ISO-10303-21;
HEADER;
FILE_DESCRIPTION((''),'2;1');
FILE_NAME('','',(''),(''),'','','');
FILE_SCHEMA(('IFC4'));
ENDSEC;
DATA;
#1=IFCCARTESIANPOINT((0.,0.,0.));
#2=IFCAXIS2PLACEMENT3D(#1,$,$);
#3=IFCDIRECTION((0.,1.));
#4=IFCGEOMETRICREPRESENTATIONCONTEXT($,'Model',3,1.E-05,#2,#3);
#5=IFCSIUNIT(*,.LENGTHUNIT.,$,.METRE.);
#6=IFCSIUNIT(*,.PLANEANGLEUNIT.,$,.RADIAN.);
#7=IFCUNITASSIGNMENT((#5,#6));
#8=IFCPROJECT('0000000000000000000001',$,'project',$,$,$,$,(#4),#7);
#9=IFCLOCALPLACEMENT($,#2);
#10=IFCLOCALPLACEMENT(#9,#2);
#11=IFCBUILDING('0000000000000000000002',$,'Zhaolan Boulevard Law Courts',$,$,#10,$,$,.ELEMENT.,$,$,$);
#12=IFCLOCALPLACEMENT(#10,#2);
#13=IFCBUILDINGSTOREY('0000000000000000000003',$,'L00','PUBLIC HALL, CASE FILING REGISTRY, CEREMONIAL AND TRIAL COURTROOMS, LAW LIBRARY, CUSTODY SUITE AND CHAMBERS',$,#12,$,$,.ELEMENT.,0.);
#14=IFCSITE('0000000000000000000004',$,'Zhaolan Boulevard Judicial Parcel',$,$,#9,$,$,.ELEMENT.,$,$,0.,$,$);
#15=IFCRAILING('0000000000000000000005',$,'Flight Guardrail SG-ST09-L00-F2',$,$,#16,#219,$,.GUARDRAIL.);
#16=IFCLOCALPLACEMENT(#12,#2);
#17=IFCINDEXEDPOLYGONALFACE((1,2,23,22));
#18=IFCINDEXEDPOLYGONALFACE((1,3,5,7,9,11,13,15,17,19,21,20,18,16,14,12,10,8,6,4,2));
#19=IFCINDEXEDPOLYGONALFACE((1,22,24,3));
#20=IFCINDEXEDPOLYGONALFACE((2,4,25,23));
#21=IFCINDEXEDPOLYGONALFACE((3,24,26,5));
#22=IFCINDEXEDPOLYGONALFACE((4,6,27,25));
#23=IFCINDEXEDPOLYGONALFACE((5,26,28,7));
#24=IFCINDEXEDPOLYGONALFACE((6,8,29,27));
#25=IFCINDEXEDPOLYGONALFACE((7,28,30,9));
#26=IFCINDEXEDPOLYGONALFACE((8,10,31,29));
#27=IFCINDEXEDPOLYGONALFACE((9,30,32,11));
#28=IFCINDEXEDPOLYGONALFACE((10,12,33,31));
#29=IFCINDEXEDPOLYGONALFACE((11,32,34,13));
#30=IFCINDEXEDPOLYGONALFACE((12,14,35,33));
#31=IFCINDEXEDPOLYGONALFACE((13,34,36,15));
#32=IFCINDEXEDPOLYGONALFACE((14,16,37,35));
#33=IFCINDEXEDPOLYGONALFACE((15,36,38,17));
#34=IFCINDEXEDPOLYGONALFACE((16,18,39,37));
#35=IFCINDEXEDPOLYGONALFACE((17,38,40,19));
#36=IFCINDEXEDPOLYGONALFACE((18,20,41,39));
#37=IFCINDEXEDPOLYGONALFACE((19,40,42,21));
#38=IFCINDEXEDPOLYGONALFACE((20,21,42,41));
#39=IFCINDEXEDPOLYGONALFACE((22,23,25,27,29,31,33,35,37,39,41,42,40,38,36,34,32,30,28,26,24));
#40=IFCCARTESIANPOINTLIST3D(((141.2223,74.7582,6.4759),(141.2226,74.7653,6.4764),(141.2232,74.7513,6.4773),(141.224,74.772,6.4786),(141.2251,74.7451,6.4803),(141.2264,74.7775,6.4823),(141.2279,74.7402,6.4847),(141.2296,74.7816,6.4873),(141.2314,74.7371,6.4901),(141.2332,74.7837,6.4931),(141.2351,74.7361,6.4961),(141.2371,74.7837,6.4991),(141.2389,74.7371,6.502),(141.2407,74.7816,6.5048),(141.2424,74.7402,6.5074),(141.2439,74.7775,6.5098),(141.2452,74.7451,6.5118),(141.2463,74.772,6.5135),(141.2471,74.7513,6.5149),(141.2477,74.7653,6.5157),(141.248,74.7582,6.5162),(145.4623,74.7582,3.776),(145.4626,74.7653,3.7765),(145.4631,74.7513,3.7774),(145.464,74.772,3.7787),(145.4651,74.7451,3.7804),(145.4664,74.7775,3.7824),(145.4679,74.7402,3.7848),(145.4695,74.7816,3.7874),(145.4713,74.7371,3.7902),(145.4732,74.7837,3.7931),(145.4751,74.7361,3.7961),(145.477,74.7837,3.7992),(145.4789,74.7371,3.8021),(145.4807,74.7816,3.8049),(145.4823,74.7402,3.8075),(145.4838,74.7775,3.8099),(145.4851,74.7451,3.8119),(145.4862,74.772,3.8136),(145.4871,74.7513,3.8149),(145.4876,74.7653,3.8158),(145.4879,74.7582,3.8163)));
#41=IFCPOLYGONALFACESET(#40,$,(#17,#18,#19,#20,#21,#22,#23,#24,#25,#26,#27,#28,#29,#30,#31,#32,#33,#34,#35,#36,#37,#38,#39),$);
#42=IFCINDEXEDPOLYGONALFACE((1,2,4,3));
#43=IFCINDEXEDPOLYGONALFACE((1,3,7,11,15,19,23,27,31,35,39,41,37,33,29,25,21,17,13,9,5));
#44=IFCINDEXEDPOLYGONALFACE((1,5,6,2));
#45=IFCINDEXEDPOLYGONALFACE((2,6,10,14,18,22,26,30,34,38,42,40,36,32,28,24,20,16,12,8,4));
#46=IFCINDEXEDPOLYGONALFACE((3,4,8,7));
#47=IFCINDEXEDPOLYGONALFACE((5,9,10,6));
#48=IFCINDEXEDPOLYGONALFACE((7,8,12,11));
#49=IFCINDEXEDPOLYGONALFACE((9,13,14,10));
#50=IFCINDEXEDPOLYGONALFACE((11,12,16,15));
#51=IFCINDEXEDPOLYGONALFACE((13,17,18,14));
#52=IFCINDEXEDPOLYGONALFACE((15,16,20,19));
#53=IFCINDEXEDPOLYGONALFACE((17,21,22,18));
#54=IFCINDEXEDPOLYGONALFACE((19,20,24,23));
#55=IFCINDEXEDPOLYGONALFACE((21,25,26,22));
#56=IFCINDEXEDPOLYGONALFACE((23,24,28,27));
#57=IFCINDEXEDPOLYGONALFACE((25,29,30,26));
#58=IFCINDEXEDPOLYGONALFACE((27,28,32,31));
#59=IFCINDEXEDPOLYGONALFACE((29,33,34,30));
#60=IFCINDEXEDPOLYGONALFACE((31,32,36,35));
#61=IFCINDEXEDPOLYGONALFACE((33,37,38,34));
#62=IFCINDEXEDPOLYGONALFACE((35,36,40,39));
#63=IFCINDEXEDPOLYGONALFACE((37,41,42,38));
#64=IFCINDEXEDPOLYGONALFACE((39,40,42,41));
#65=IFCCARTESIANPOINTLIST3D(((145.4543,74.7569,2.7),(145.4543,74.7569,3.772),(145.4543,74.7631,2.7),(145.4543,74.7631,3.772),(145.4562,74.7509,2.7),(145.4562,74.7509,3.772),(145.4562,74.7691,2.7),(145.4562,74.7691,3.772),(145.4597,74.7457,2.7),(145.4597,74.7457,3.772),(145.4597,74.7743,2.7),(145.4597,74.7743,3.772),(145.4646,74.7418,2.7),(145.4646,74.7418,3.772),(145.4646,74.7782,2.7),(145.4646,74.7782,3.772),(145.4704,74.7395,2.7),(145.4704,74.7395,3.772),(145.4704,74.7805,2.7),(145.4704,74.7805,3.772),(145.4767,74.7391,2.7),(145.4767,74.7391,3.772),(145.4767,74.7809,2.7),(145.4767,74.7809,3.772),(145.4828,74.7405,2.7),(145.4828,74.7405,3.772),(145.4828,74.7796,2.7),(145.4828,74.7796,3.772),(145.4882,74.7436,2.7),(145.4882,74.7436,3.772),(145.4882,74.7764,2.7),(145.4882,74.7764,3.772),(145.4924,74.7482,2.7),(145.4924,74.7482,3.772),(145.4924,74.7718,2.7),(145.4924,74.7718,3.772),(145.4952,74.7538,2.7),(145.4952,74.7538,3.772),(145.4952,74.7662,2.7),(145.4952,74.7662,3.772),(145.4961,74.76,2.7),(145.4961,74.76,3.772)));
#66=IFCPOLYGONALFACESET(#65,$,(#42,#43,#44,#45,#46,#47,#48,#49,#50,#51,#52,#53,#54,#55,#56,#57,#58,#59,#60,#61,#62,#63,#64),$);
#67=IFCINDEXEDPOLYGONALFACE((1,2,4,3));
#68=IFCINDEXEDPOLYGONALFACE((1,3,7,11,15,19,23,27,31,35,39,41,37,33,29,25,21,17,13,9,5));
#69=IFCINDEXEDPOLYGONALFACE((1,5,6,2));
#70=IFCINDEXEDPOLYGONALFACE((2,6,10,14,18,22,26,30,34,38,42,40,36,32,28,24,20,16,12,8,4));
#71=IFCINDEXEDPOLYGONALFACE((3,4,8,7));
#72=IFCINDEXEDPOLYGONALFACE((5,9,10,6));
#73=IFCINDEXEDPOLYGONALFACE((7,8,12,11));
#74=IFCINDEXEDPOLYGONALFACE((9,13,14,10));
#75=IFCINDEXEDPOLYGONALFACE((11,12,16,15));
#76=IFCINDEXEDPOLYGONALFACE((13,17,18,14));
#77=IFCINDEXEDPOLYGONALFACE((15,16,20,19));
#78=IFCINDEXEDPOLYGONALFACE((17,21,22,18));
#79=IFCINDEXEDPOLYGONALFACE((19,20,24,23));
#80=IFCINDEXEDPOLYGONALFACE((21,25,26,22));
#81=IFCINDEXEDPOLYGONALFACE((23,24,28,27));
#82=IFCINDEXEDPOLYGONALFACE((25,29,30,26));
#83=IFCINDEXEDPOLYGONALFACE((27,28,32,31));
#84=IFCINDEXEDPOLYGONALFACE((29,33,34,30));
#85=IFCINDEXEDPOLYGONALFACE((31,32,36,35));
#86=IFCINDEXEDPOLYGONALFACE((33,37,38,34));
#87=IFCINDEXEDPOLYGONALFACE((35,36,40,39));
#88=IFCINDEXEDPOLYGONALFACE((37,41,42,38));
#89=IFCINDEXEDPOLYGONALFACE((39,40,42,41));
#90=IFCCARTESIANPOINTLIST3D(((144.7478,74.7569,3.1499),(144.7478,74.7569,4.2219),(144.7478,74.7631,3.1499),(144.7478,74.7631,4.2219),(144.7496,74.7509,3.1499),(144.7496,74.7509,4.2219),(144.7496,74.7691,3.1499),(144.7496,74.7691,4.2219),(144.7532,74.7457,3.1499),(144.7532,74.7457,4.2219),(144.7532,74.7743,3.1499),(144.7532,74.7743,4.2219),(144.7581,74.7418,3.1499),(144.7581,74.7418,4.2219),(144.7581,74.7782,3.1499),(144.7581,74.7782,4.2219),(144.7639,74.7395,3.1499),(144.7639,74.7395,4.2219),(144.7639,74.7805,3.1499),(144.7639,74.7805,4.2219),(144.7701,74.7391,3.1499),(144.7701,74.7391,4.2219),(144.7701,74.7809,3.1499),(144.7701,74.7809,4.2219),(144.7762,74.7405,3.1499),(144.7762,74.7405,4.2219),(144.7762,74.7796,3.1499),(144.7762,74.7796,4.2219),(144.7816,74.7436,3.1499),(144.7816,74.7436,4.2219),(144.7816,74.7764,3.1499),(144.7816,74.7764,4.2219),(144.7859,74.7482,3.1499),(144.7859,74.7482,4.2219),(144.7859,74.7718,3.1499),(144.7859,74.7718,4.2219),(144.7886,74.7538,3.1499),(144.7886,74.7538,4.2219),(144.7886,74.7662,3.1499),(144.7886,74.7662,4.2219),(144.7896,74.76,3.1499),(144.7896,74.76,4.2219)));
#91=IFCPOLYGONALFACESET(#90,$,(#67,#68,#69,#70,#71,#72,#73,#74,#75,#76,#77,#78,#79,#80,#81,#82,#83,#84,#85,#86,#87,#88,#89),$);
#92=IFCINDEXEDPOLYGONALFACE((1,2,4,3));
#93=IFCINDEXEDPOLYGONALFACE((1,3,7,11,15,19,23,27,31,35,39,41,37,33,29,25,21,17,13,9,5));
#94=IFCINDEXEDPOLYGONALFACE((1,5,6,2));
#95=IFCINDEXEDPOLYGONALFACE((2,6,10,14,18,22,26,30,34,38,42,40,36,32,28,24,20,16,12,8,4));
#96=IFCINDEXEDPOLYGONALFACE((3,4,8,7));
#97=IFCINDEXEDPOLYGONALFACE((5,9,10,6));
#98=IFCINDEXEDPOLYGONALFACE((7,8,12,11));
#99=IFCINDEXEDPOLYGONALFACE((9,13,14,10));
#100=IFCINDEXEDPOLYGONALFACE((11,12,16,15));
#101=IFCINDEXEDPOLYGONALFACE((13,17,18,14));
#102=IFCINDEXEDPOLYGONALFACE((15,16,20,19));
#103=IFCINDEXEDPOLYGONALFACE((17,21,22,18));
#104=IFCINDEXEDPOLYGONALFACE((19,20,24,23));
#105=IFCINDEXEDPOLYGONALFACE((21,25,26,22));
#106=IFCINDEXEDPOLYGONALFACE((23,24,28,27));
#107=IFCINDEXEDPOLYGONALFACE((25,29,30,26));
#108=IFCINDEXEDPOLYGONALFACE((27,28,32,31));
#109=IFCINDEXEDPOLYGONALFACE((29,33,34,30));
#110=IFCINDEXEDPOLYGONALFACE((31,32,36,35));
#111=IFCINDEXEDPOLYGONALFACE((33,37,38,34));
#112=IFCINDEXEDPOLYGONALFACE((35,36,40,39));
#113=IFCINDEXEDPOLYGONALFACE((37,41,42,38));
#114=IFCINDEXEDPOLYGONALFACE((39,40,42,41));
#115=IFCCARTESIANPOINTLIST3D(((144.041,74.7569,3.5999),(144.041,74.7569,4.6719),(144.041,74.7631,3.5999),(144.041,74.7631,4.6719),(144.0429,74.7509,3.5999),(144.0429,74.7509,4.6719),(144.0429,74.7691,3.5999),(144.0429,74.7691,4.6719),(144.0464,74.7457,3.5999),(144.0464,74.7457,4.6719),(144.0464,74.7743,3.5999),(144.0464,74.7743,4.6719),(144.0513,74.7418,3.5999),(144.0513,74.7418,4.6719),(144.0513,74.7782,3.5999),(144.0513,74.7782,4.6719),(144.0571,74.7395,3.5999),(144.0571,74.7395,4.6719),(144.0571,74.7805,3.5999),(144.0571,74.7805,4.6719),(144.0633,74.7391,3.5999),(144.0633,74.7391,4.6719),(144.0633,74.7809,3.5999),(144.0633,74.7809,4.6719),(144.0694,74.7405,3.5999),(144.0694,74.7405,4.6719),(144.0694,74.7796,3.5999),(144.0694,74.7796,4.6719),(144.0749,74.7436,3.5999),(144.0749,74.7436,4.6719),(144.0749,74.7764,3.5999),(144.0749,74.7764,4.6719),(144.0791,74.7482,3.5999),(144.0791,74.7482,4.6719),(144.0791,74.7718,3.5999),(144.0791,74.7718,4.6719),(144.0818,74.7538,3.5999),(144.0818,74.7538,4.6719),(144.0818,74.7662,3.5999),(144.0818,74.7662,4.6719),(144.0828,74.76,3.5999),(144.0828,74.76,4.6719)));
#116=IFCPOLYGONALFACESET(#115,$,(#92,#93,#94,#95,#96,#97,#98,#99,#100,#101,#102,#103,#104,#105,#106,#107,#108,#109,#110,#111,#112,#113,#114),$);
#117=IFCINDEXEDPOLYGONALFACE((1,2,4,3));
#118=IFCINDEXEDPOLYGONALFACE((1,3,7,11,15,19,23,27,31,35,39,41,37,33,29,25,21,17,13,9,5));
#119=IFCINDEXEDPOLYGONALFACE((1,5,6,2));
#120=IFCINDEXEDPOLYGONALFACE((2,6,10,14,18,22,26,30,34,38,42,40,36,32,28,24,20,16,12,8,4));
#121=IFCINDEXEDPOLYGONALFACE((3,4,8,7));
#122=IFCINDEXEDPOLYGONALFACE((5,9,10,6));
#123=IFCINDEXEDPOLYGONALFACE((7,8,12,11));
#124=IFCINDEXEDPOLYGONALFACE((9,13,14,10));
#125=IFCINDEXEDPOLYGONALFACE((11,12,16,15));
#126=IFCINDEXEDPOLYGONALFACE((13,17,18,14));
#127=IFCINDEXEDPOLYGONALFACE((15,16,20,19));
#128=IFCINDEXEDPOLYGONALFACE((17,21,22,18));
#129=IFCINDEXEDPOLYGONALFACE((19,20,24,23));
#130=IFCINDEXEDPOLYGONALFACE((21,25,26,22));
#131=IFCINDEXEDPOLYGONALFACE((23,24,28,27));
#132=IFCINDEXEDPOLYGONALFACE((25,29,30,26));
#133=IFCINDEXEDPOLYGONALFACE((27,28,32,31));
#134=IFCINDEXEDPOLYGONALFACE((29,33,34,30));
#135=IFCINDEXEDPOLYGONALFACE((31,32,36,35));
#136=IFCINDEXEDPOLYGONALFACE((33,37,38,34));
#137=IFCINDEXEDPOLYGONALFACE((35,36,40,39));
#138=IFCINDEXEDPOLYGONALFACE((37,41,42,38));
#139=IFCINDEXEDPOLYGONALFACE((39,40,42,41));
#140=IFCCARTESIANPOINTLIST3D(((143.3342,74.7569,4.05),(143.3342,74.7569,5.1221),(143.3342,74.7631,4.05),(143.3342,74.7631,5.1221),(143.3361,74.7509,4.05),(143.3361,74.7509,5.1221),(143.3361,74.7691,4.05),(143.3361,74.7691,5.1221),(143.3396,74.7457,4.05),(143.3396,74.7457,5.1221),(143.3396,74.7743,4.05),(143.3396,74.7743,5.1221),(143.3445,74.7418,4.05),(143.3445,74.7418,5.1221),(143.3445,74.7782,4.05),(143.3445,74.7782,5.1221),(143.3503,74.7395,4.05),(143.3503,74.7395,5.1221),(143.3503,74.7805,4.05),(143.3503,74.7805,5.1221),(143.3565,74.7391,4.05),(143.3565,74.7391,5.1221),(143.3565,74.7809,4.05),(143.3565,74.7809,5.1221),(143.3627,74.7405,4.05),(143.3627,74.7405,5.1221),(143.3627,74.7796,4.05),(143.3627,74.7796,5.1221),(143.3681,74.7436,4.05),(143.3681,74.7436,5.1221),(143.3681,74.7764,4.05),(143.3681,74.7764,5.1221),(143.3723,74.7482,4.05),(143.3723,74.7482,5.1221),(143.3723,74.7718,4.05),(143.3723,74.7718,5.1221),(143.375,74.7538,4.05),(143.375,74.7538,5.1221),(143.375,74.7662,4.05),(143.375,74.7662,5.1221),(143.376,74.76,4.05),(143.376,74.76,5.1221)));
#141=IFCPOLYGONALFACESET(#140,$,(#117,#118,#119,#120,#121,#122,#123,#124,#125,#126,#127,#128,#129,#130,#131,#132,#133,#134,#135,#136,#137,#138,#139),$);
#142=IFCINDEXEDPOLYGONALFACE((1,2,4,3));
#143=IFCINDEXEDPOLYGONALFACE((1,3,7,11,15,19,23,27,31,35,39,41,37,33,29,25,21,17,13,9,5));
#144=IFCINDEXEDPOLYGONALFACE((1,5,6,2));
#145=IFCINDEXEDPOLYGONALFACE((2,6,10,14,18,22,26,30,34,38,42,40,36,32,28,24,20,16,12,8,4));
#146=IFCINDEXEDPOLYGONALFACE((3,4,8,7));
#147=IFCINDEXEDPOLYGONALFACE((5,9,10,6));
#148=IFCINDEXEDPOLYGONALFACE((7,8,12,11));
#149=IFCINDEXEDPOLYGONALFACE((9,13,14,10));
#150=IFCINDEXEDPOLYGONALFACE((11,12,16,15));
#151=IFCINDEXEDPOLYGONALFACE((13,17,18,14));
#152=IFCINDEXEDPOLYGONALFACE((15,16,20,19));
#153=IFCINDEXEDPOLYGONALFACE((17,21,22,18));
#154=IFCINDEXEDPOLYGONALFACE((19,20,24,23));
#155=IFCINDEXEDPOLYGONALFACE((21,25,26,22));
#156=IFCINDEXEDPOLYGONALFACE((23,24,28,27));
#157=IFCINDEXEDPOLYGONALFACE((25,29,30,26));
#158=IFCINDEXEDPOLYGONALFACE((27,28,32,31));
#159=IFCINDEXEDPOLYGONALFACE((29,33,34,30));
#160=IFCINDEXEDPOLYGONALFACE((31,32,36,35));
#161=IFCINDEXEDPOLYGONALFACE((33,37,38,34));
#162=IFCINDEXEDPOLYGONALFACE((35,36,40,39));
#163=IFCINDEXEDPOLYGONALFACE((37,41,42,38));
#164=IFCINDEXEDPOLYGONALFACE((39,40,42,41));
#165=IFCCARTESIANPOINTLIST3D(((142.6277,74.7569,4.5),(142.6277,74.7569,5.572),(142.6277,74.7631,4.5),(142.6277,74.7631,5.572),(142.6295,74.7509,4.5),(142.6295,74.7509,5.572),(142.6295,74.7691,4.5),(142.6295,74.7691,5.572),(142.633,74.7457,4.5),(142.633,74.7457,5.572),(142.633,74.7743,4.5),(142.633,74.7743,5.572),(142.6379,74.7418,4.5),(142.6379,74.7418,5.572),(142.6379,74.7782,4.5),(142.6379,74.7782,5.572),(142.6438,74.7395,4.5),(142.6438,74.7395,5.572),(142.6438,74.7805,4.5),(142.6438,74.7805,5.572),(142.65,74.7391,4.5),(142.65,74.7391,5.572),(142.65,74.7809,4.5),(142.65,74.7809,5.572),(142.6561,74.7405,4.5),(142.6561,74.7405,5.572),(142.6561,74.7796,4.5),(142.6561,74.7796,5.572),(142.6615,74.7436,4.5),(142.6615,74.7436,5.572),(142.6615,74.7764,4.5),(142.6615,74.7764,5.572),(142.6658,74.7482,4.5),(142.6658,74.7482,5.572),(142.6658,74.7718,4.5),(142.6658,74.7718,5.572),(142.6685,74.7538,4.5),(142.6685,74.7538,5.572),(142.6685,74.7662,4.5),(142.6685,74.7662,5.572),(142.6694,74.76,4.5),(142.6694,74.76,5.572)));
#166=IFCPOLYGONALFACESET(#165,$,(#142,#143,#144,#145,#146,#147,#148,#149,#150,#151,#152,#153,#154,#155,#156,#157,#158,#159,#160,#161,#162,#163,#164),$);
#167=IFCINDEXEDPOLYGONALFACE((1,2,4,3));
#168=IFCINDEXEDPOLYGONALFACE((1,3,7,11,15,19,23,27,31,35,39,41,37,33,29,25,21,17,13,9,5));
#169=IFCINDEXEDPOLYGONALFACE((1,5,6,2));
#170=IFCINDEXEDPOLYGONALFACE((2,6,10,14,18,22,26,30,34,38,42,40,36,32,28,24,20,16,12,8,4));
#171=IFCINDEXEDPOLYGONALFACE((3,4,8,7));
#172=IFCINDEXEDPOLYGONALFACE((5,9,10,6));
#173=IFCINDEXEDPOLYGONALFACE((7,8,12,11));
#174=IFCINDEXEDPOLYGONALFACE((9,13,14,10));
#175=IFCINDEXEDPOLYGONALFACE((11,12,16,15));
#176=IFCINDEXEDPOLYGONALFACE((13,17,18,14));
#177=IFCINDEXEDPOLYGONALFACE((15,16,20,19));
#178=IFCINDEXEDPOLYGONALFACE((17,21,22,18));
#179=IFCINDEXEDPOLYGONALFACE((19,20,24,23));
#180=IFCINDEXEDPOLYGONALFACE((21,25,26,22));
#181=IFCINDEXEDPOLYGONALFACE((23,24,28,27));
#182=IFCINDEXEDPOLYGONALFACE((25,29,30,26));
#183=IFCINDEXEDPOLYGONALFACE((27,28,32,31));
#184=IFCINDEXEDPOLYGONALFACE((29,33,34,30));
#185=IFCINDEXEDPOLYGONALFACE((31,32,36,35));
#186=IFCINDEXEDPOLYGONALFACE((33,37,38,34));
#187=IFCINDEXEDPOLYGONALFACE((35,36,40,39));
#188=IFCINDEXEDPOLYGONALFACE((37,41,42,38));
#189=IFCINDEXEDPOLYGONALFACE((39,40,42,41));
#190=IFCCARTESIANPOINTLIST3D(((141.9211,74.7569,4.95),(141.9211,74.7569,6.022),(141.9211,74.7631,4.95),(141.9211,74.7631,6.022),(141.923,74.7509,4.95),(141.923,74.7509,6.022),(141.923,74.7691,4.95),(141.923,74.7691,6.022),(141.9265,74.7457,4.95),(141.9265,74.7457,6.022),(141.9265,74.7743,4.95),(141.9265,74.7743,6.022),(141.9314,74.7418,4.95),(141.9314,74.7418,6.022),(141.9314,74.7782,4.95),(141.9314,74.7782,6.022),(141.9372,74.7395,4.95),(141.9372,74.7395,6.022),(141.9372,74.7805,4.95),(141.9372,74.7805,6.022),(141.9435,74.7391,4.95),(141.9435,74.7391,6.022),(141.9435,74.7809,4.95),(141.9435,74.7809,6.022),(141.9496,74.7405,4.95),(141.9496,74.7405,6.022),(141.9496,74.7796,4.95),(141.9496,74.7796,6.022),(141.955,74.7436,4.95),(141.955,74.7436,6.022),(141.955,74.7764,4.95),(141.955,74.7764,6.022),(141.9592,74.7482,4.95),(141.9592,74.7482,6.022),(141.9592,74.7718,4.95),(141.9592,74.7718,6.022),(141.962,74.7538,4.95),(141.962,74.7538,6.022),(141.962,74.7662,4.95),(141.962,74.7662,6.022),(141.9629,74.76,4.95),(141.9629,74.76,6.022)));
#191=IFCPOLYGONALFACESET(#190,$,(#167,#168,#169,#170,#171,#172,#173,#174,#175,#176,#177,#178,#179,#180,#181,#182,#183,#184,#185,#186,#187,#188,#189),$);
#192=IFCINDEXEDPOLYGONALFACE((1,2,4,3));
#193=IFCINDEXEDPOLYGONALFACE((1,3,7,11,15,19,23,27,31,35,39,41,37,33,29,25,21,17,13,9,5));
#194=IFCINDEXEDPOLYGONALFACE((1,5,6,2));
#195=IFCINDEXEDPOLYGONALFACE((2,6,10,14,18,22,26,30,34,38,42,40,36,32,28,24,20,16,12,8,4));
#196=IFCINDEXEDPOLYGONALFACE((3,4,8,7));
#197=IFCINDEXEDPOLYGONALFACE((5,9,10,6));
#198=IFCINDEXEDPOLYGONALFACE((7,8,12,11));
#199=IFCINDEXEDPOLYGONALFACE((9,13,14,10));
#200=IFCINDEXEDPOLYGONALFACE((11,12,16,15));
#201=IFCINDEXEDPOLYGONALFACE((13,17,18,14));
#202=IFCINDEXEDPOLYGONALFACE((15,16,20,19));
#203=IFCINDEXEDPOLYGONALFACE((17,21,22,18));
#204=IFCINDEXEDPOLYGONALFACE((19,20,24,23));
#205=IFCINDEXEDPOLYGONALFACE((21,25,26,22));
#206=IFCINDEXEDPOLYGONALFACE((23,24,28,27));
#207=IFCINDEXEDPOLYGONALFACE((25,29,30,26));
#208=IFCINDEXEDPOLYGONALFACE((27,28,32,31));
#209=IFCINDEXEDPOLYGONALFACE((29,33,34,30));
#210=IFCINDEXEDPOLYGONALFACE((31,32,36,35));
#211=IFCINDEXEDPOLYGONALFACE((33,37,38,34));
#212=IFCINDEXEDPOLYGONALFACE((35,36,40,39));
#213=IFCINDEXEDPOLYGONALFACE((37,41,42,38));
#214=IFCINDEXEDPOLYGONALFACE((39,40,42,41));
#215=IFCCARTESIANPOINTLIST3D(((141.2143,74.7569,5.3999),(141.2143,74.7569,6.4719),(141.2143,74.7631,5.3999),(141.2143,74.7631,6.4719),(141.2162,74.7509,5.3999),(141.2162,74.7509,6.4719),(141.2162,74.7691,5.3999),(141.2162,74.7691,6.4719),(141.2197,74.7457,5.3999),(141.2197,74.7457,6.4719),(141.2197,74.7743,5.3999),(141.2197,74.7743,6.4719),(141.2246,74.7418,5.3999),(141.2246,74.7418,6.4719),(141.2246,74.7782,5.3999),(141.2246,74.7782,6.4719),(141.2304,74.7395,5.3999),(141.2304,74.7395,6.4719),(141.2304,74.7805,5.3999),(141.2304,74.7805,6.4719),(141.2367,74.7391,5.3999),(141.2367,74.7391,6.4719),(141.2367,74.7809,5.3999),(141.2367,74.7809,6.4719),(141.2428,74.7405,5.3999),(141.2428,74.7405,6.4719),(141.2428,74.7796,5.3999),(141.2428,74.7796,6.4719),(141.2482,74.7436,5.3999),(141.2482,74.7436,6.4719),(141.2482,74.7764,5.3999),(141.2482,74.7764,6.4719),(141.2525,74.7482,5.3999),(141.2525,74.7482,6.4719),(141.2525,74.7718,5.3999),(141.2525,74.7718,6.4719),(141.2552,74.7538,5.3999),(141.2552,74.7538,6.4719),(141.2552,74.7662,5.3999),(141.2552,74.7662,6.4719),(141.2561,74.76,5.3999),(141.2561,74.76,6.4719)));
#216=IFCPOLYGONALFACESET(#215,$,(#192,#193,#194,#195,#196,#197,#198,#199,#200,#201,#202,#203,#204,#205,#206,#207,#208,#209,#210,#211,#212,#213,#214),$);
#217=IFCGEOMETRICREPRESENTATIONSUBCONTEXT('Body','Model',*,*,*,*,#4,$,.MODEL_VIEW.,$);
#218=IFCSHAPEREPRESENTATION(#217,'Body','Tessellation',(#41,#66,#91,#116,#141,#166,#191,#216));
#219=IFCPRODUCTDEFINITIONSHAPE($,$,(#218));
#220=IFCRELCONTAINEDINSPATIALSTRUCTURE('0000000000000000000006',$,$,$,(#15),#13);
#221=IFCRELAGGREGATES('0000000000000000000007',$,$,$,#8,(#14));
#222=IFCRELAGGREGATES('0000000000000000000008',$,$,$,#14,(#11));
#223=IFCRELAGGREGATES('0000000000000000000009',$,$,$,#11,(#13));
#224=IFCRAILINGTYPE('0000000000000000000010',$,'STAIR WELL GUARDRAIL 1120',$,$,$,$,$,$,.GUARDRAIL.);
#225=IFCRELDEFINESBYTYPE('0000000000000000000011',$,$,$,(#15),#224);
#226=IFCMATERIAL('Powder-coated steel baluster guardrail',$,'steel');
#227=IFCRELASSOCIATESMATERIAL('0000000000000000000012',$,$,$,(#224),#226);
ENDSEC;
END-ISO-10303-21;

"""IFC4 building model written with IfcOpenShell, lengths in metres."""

from ifc_helpers import new_model, si_unit, direction, frame, origin, origin_2d, place, context, subcontext, project, spatial, circle, extrude, material, type_object, element, save


model = new_model("IFC4")

# Units and contexts
model_context = context("Model", 3, precision=1e-05, world=origin(), true_north=direction((0.0, 1.0)))
body_context = subcontext(model_context, "Body", "Model", "MODEL_VIEW")
ifc_project = project(units=[si_unit("LENGTHUNIT", "METRE"), si_unit("PLANEANGLEUNIT", "RADIAN")], contexts=[model_context])

# Site, building, storey
site_placement = place(None, origin())
site = spatial("IfcSite", under=ifc_project, at=site_placement, Name="Zhaolan Boulevard Judicial Parcel", CompositionType="ELEMENT", RefElevation=0.0)
building_placement = place(site_placement, origin())
building = spatial("IfcBuilding", under=site, at=building_placement, Name="Zhaolan Boulevard Law Courts", CompositionType="ELEMENT")
storey_placement = place(building_placement, origin())
storey = spatial("IfcBuildingStorey", under=building, at=storey_placement, Name="L00", Description="PUBLIC HALL, CASE FILING REGISTRY, CEREMONIAL AND TRIAL COURTROOMS, LAW LIBRARY, CUSTODY SUITE AND CHAMBERS", CompositionType="ELEMENT", Elevation=0.0)

# Railing
ifc_material_1 = material(Name="Powder-coated steel baluster guardrail", Category="steel")
railing_type_1 = type_object("IfcRailingType", Name="STAIR WELL GUARDRAIL 1120", PredefinedType="GUARDRAIL", material=ifc_material_1)
railing_1_placement = place(storey_placement, frame((145.4751, 74.76, 2.7)))
element("IfcRailing", 1, at=railing_1_placement, inside=storey, type_object=railing_type_1, Name="Flight Guardrail SG-ST09-L00-F2", PredefinedType="GUARDRAIL", context=body_context, shape_type="SweptSolid", body=[
    extrude(circle(Radius=0.0239, at=origin_2d()), frame((0.0, 0.0, 1.0962), z_axis=(-0.843501, 0.0, 0.537127), x_axis=(0.0, -1.0, 0.0)), (0.0, 0.0, 1.0), 5.0266),
    extrude(circle(Radius=0.021, at=origin_2d()), origin(), (0.0, 0.0, 1.0), 1.072),
    extrude(circle(Radius=0.021, at=origin_2d()), frame((-0.7065, 0.0, 0.45)), (0.0, 0.0, 1.0), 1.072),
    extrude(circle(Radius=0.021, at=origin_2d()), frame((-1.4133, 0.0, 0.8999)), (0.0, 0.0, 1.0), 1.072),
    extrude(circle(Radius=0.021, at=origin_2d()), frame((-2.1201, 0.0, 1.3501)), (0.0, 0.0, 1.0), 1.072),
    extrude(circle(Radius=0.021, at=origin_2d()), frame((-2.8267, 0.0, 1.8)), (0.0, 0.0, 1.0), 1.072),
    extrude(circle(Radius=0.021, at=origin_2d()), frame((-3.5332, 0.0, 2.25)), (0.0, 0.0, 1.0), 1.072),
    extrude(circle(Radius=0.021, at=origin_2d()), frame((-4.24, 0.0, 2.7)), (0.0, 0.0, 1.0), 1.072),
])

save(model, "model.ifc")
